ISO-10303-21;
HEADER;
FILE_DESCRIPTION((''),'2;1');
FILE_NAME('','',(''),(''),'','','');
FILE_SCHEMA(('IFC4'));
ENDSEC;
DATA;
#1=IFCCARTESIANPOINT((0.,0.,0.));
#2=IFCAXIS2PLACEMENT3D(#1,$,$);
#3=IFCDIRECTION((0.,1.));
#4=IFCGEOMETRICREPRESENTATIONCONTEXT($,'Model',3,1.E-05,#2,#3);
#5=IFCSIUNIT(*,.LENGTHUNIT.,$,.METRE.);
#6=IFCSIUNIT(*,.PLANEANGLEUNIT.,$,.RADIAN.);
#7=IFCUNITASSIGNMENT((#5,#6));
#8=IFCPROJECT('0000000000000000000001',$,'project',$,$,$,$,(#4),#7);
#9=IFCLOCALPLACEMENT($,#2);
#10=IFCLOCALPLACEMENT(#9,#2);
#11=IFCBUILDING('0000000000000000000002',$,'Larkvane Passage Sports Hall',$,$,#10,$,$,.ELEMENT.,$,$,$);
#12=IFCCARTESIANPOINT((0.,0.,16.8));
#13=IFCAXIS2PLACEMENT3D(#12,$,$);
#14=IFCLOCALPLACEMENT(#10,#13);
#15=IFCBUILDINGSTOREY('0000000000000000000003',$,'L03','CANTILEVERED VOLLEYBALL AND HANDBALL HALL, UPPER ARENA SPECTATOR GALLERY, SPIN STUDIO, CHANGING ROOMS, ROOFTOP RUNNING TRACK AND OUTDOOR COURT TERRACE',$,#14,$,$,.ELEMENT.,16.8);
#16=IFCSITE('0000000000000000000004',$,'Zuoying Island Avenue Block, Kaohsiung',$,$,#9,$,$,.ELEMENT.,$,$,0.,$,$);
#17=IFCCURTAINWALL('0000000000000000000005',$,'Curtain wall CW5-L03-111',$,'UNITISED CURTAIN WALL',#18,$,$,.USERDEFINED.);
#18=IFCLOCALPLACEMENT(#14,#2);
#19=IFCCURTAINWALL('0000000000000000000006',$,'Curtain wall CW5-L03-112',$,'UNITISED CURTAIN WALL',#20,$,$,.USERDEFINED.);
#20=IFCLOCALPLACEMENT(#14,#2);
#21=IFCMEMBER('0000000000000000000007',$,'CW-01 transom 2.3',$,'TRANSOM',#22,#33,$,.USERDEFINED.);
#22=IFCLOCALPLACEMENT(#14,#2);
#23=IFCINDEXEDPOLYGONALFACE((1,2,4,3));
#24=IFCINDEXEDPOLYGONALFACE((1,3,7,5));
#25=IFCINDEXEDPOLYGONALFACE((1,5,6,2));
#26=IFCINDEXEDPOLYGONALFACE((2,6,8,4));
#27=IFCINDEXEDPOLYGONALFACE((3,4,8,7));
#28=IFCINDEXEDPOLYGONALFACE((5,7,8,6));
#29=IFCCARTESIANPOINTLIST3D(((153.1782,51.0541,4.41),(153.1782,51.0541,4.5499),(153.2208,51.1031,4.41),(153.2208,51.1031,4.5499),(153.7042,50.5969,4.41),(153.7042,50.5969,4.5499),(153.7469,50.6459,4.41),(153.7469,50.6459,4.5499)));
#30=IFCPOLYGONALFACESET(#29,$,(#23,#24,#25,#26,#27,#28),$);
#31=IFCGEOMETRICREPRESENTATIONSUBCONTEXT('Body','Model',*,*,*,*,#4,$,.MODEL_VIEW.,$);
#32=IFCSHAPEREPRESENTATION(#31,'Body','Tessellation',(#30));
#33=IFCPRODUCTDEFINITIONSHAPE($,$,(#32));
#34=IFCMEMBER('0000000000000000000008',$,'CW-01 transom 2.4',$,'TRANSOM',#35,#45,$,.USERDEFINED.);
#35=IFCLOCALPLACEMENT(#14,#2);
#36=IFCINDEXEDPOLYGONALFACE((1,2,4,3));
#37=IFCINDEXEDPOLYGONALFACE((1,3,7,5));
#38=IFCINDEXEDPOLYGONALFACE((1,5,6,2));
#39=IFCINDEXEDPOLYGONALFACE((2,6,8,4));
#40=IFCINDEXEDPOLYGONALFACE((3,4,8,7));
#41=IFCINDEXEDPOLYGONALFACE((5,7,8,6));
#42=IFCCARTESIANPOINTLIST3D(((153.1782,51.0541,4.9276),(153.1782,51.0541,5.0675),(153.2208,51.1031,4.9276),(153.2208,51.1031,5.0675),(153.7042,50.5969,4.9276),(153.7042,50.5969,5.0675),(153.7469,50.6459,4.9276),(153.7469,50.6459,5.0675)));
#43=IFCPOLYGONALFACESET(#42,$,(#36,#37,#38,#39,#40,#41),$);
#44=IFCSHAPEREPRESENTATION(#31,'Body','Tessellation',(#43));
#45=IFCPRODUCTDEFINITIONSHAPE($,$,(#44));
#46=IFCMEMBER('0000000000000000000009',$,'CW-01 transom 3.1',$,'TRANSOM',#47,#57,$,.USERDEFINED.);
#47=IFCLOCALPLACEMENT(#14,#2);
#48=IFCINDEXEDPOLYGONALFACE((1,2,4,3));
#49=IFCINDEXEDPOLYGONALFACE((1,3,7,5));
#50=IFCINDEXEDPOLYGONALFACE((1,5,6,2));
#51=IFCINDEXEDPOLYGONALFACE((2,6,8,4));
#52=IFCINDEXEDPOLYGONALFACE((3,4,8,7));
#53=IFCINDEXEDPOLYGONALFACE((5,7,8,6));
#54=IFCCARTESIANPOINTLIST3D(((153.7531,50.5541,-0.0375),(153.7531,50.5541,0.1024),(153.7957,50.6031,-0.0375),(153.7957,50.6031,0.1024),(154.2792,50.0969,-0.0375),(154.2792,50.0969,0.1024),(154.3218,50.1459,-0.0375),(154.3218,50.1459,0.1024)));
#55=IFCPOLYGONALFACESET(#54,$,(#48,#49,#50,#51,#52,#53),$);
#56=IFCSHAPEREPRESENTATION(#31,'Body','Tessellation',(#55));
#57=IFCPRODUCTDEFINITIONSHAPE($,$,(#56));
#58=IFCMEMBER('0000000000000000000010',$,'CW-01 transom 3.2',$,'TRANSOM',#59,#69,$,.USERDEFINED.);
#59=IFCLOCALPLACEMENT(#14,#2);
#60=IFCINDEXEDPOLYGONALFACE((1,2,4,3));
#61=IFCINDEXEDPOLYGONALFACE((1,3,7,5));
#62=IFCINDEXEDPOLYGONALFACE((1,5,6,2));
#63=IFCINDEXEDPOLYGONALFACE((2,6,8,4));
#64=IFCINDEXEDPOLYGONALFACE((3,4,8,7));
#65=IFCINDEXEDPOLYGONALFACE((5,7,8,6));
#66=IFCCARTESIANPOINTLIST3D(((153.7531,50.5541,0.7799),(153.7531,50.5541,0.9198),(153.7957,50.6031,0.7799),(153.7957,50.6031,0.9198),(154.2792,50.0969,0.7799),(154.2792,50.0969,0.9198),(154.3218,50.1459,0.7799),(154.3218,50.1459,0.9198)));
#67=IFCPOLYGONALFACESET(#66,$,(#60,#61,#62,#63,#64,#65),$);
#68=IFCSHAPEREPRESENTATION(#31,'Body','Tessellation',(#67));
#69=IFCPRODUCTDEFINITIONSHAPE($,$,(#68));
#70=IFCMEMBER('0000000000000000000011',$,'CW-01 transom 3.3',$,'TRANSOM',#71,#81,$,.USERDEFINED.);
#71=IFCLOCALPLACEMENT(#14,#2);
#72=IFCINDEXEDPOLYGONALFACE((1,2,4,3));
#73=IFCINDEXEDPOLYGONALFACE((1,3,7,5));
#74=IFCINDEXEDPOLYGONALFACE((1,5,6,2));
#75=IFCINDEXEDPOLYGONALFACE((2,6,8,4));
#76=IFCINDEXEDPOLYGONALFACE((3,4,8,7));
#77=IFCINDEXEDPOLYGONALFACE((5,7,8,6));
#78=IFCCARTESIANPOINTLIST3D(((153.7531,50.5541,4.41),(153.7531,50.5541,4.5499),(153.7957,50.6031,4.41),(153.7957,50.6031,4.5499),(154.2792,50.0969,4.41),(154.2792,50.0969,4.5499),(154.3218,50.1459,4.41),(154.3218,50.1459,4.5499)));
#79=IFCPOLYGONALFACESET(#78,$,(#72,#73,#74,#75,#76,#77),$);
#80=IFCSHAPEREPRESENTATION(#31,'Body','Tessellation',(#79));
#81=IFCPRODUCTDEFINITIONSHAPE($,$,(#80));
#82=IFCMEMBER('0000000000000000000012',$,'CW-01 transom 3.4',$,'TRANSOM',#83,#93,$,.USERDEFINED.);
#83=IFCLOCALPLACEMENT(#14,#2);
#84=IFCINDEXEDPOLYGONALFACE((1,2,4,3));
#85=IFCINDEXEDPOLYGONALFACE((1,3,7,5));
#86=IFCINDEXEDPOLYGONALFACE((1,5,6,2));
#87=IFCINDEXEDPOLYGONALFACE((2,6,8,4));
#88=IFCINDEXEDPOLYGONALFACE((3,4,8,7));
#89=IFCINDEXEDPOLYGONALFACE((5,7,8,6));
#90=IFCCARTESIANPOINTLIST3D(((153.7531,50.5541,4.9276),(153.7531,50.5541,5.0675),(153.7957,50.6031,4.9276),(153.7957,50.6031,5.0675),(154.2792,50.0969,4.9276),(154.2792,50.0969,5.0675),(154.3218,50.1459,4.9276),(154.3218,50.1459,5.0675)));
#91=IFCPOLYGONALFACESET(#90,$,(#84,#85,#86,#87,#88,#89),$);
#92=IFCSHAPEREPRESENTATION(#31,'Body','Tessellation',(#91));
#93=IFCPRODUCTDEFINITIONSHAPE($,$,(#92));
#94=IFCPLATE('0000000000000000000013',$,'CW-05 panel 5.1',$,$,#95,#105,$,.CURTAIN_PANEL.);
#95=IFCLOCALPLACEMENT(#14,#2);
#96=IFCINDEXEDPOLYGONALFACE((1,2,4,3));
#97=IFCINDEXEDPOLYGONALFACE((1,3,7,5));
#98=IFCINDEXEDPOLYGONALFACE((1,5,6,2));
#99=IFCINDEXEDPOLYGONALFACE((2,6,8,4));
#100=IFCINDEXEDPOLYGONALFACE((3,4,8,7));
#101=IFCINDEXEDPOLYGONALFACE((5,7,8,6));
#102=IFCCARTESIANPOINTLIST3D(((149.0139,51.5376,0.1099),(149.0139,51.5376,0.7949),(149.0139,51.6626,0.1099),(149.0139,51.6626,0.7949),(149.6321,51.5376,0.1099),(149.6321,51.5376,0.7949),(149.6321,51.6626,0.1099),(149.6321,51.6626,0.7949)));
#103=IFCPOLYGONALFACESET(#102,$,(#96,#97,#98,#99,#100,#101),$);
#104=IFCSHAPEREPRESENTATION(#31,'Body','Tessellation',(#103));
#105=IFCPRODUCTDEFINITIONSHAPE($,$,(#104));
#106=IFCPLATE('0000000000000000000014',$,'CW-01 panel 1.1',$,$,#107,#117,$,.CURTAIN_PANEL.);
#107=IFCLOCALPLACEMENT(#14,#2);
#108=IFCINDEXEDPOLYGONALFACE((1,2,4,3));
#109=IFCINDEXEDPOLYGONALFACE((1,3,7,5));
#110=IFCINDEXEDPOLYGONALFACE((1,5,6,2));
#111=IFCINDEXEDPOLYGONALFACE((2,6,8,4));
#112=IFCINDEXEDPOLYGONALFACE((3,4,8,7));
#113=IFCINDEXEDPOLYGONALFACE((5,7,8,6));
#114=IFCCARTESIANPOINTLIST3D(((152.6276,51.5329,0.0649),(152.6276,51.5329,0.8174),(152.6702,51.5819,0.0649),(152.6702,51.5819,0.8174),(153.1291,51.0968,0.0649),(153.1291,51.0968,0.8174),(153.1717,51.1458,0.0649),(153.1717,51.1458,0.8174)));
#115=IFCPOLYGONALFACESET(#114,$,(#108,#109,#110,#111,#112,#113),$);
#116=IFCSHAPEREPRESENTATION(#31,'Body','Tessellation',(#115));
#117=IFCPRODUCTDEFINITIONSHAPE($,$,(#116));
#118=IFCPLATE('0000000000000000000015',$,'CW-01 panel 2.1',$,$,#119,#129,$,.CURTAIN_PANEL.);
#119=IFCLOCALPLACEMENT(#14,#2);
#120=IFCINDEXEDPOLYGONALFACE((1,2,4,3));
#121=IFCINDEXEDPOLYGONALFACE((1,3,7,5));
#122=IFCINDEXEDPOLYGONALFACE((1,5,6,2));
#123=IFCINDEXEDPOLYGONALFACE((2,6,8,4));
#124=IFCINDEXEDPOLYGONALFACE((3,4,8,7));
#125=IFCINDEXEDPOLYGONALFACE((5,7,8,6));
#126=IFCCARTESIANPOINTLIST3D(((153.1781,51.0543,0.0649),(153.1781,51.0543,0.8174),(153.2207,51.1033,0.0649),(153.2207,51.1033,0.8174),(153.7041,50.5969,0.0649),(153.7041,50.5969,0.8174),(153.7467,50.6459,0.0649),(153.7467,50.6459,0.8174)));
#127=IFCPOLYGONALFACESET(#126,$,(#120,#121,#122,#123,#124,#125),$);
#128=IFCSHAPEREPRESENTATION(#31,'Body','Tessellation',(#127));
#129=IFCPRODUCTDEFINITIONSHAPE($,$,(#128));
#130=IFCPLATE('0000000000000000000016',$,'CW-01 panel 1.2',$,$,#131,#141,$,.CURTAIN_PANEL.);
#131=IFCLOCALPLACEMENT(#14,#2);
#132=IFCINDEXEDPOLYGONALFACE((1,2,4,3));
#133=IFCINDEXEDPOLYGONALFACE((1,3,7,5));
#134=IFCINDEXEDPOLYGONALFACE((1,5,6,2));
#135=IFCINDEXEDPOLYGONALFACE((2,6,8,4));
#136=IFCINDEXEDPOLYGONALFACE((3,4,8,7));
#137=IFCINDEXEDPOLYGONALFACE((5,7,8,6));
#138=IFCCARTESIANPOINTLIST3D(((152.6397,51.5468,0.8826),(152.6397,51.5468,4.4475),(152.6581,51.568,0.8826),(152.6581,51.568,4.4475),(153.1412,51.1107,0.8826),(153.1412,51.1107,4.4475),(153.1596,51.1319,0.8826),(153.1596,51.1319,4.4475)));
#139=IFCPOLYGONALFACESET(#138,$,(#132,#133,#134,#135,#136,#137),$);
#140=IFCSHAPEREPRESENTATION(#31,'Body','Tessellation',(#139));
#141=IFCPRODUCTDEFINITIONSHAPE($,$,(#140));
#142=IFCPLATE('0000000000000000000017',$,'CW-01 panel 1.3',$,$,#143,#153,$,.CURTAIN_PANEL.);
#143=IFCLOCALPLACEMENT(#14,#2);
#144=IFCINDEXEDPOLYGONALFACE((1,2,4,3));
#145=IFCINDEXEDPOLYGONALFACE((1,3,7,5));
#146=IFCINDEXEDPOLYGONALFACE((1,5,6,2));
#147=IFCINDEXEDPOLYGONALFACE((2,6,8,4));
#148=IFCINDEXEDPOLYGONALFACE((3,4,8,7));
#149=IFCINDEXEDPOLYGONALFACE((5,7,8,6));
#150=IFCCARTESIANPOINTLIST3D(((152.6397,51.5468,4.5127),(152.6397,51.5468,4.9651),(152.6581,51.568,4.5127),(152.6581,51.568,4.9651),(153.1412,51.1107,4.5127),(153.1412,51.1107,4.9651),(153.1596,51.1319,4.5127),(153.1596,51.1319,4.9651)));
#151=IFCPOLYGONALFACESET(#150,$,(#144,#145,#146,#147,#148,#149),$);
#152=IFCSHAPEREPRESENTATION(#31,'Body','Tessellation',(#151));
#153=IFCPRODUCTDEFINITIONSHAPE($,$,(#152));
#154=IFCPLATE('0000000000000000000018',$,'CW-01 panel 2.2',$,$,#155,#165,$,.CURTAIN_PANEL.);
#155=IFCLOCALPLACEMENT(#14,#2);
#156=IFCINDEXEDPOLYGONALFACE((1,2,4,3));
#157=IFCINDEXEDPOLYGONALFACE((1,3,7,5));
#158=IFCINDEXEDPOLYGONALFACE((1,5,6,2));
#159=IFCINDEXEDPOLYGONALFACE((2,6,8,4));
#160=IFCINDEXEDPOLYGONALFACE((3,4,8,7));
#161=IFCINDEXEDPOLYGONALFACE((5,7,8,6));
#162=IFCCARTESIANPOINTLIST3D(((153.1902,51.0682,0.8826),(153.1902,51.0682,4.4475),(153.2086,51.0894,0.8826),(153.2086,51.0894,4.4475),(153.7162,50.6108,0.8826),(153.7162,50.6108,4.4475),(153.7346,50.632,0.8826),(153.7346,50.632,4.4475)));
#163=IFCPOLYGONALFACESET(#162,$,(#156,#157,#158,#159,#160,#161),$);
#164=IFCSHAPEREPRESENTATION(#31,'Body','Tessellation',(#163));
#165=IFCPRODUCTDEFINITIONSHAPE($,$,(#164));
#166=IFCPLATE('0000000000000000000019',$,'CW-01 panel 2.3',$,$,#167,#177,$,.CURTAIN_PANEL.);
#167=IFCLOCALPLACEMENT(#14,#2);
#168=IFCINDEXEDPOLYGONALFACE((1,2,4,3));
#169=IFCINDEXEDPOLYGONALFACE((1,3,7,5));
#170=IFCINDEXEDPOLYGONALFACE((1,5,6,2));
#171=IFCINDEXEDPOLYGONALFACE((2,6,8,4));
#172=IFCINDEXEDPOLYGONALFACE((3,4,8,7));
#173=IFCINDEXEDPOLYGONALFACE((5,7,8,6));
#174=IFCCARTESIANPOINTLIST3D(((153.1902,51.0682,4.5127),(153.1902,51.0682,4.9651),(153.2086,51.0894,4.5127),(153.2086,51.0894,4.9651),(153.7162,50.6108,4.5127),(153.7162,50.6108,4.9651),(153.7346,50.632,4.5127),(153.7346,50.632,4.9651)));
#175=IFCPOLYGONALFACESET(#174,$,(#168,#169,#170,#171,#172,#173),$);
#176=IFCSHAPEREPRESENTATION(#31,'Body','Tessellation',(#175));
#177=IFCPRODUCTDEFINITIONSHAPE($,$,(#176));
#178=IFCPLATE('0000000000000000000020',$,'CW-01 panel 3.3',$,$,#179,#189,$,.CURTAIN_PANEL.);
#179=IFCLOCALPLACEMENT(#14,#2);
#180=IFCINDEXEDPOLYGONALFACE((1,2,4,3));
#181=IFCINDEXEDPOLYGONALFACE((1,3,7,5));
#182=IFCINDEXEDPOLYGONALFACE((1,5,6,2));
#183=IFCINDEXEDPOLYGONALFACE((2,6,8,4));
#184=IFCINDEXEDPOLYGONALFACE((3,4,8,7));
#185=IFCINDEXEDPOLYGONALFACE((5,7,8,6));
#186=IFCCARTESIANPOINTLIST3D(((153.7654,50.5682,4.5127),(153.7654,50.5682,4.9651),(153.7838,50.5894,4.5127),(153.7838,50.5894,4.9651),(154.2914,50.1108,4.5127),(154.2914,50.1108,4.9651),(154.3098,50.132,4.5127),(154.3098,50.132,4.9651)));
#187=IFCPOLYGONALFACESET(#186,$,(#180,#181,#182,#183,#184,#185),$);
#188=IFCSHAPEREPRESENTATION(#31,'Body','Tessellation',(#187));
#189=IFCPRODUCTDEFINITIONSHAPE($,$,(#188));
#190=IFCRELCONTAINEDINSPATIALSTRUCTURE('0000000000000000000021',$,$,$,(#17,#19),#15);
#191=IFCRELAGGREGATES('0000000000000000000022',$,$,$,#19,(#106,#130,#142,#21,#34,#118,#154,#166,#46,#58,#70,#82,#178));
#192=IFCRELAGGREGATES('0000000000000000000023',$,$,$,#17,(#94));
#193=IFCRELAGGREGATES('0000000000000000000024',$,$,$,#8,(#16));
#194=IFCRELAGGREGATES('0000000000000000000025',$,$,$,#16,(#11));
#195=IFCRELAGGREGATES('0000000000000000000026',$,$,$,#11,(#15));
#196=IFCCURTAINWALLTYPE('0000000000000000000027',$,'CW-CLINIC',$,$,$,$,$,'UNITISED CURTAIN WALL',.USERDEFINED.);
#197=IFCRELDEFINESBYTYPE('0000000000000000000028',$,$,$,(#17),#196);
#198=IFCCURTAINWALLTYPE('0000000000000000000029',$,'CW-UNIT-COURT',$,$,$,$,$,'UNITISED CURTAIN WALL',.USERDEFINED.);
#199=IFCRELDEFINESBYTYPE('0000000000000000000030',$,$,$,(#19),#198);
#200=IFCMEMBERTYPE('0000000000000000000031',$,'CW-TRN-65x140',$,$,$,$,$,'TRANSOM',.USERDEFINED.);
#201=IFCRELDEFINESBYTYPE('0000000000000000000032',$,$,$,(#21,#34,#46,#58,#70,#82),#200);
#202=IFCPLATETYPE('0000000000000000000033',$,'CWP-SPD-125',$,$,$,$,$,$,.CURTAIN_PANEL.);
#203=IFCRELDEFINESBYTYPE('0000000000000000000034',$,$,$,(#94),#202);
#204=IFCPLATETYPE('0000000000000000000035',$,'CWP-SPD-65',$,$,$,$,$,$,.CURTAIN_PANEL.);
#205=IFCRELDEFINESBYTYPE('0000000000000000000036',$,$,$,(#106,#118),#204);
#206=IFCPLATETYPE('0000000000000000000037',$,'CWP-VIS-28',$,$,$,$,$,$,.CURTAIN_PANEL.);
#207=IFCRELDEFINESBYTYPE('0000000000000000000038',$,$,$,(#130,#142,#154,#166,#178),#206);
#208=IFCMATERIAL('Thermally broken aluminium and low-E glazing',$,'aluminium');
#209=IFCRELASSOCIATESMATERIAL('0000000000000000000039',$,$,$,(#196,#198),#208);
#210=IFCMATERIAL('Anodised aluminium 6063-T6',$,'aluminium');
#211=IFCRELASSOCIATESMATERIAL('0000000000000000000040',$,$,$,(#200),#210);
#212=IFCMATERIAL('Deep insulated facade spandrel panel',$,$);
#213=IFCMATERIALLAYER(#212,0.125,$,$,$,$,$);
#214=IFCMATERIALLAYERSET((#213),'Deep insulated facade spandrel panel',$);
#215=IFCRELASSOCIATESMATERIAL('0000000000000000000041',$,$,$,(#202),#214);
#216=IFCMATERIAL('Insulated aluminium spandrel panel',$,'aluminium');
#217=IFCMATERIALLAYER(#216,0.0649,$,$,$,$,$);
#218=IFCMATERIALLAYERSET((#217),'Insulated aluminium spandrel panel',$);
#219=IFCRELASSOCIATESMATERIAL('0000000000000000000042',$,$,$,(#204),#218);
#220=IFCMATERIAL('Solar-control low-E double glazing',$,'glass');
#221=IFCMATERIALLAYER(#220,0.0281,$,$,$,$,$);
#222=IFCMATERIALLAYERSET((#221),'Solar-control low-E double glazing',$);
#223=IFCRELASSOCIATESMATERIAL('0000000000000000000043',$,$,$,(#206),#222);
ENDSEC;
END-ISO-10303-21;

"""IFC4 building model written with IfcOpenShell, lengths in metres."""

from ifc_helpers import new_model, si_unit, direction, frame, origin, origin_2d, place, context, subcontext, project, spatial, rectangle, extrude, material, layer, layer_set, material_profile, profile_set, type_object, element, aggregate, save


model = new_model("IFC4")

# Units and contexts
model_context = context("Model", 3, precision=1e-05, world=origin(), true_north=direction((0.0, 1.0)))
body_context = subcontext(model_context, "Body", "Model", "MODEL_VIEW")
ifc_project = project(units=[si_unit("LENGTHUNIT", "METRE"), si_unit("PLANEANGLEUNIT", "RADIAN")], contexts=[model_context])

# Site, building, storey
site_placement = place(None, origin())
site = spatial("IfcSite", under=ifc_project, at=site_placement, Name="Zuoying Island Avenue Block, Kaohsiung", CompositionType="ELEMENT", RefElevation=0.0)
building_placement = place(site_placement, origin())
building = spatial("IfcBuilding", under=site, at=building_placement, Name="Larkvane Passage Sports Hall", CompositionType="ELEMENT")
storey_placement = place(building_placement, frame((0.0, 0.0, 16.8)))
storey = spatial("IfcBuildingStorey", under=building, at=storey_placement, Name="L03", Description="CANTILEVERED VOLLEYBALL AND HANDBALL HALL, UPPER ARENA SPECTATOR GALLERY, SPIN STUDIO, CHANGING ROOMS, ROOFTOP RUNNING TRACK AND OUTDOOR COURT TERRACE", CompositionType="ELEMENT", Elevation=16.8)

# Curtain wall
ifc_material_1 = material(Name="Thermally broken aluminium and low-E glazing", Category="aluminium")
curtain_wall_type_1 = type_object("IfcCurtainWallType", Name="CW-CLINIC", ElementType="UNITISED CURTAIN WALL", PredefinedType="USERDEFINED", material=ifc_material_1)
curtain_wall_1_placement = place(storey_placement, origin())
curtain_wall_1 = element("IfcCurtainWall", 1, at=curtain_wall_1_placement, inside=storey, type_object=curtain_wall_type_1, Name="Curtain wall CW5-L03-111", ObjectType="UNITISED CURTAIN WALL", PredefinedType="USERDEFINED")
ifc_material_2 = material(Name="Anodised aluminium 6063-T6", Category="aluminium")

# Curtain wall
curtain_wall_type_2 = type_object("IfcCurtainWallType", Name="CW-UNIT-COURT", ElementType="UNITISED CURTAIN WALL", PredefinedType="USERDEFINED", material=ifc_material_1)
curtain_wall_2_placement = place(storey_placement, origin())
curtain_wall_2 = element("IfcCurtainWall", 2, at=curtain_wall_2_placement, inside=storey, type_object=curtain_wall_type_2, Name="Curtain wall CW5-L03-112", ObjectType="UNITISED CURTAIN WALL", PredefinedType="USERDEFINED")

# Members
ifc_material_profile_1 = material_profile(ifc_material_2, rectangle(XDim=0.0649, YDim=0.1399, at=origin_2d()), Name="ALU-TRN-65x140")
ifc_profile_set_1 = profile_set([ifc_material_profile_1], Name="Anodised aluminium 6063-T6")
member_type_1 = type_object("IfcMemberType", Name="CW-TRN-65x140", ElementType="TRANSOM", PredefinedType="USERDEFINED", material=ifc_profile_set_1)
member_1_placement = place(storey_placement, frame((153.1995, 51.0786, 4.48), z_axis=(0.754764, -0.655997, 0.0), x_axis=(0.655997, 0.754764, 0.0)))
member_1 = element("IfcMember", 3, at=member_1_placement, type_object=member_type_1, Name="CW-01 transom 2.3", ObjectType="TRANSOM", PredefinedType="USERDEFINED", context=body_context, shape_type="SweptSolid", body=[
    extrude(rectangle(XDim=0.0649, YDim=0.1399, at=origin_2d()), origin(), (0.0, 0.0, 1.0), 0.697),
])
member_2_placement = place(storey_placement, frame((153.1995, 51.0786, 4.9976), z_axis=(0.754764, -0.655997, 0.0), x_axis=(0.655997, 0.754764, 0.0)))
member_2 = element("IfcMember", 4, at=member_2_placement, type_object=member_type_1, Name="CW-01 transom 2.4", ObjectType="TRANSOM", PredefinedType="USERDEFINED", context=body_context, shape_type="SweptSolid", body=[
    extrude(rectangle(XDim=0.0649, YDim=0.1399, at=origin_2d()), origin(), (0.0, 0.0, 1.0), 0.697),
])
member_3_placement = place(storey_placement, frame((153.7744, 50.5786, 0.0325), z_axis=(0.754764, -0.655997, 0.0), x_axis=(0.655997, 0.754764, 0.0)))
member_3 = element("IfcMember", 5, at=member_3_placement, type_object=member_type_1, Name="CW-01 transom 3.1", ObjectType="TRANSOM", PredefinedType="USERDEFINED", context=body_context, shape_type="SweptSolid", body=[
    extrude(rectangle(XDim=0.0649, YDim=0.1399, at=origin_2d()), origin(), (0.0, 0.0, 1.0), 0.697),
])
member_4_placement = place(storey_placement, frame((153.7744, 50.5786, 0.8499), z_axis=(0.754764, -0.655997, 0.0), x_axis=(0.655997, 0.754764, 0.0)))
member_4 = element("IfcMember", 6, at=member_4_placement, type_object=member_type_1, Name="CW-01 transom 3.2", ObjectType="TRANSOM", PredefinedType="USERDEFINED", context=body_context, shape_type="SweptSolid", body=[
    extrude(rectangle(XDim=0.0649, YDim=0.1399, at=origin_2d()), origin(), (0.0, 0.0, 1.0), 0.697),
])
member_5_placement = place(storey_placement, frame((153.7744, 50.5786, 4.48), z_axis=(0.754764, -0.655997, 0.0), x_axis=(0.655997, 0.754764, 0.0)))
member_5 = element("IfcMember", 7, at=member_5_placement, type_object=member_type_1, Name="CW-01 transom 3.3", ObjectType="TRANSOM", PredefinedType="USERDEFINED", context=body_context, shape_type="SweptSolid", body=[
    extrude(rectangle(XDim=0.0649, YDim=0.1399, at=origin_2d()), origin(), (0.0, 0.0, 1.0), 0.697),
])
member_6_placement = place(storey_placement, frame((153.7744, 50.5786, 4.9976), z_axis=(0.754764, -0.655997, 0.0), x_axis=(0.655997, 0.754764, 0.0)))
member_6 = element("IfcMember", 8, at=member_6_placement, type_object=member_type_1, Name="CW-01 transom 3.4", ObjectType="TRANSOM", PredefinedType="USERDEFINED", context=body_context, shape_type="SweptSolid", body=[
    extrude(rectangle(XDim=0.0649, YDim=0.1399, at=origin_2d()), origin(), (0.0, 0.0, 1.0), 0.697),
])

# Plates
ifc_material_3 = material(Name="Deep insulated facade spandrel panel")
ifc_layer_1 = layer(ifc_material_3, 0.125)
ifc_layer_set_1 = layer_set([ifc_layer_1], Name="Deep insulated facade spandrel panel")
plate_type_1 = type_object("IfcPlateType", Name="CWP-SPD-125", PredefinedType="CURTAIN_PANEL", material=ifc_layer_set_1)
plate_1_placement = place(storey_placement, frame((149.323, 51.6001, 0.1099), z_axis=(0.0, 0.0, 1.0), x_axis=(1.0, 0.0, 0.0)))
plate_1 = element("IfcPlate", 9, at=plate_1_placement, type_object=plate_type_1, Name="CW-05 panel 5.1", PredefinedType="CURTAIN_PANEL", context=body_context, shape_type="SweptSolid", body=[
    extrude(rectangle(XDim=0.6182, YDim=0.125, at=origin_2d()), origin(), (0.0, 0.0, 1.0), 0.6851),
])
ifc_material_4 = material(Name="Insulated aluminium spandrel panel", Category="aluminium")
ifc_layer_2 = layer(ifc_material_4, 0.0649)
ifc_layer_set_2 = layer_set([ifc_layer_2], Name="Insulated aluminium spandrel panel")
plate_type_2 = type_object("IfcPlateType", Name="CWP-SPD-65", PredefinedType="CURTAIN_PANEL", material=ifc_layer_set_2)
plate_2_placement = place(storey_placement, frame((152.8997, 51.3394, 0.0649), z_axis=(0.0, 0.0, 1.0), x_axis=(0.754606, -0.656179, 0.0)))
plate_2 = element("IfcPlate", 10, at=plate_2_placement, type_object=plate_type_2, Name="CW-01 panel 1.1", PredefinedType="CURTAIN_PANEL", context=body_context, shape_type="SweptSolid", body=[
    extrude(rectangle(XDim=0.6646, YDim=0.0649, at=origin_2d()), origin(), (0.0, 0.0, 1.0), 0.7524),
])
plate_3_placement = place(storey_placement, frame((153.4624, 50.8501, 0.0649), z_axis=(0.0, 0.0, 1.0), x_axis=(0.754606, -0.656179, 0.0)))
plate_3 = element("IfcPlate", 11, at=plate_3_placement, type_object=plate_type_2, Name="CW-01 panel 2.1", PredefinedType="CURTAIN_PANEL", context=body_context, shape_type="SweptSolid", body=[
    extrude(rectangle(XDim=0.697, YDim=0.0649, at=origin_2d()), origin(), (0.0, 0.0, 1.0), 0.7524),
])
ifc_material_5 = material(Name="Solar-control low-E double glazing", Category="glass")
ifc_layer_3 = layer(ifc_material_5, 0.0281)
ifc_layer_set_3 = layer_set([ifc_layer_3], Name="Solar-control low-E double glazing")
plate_type_3 = type_object("IfcPlateType", Name="CWP-VIS-28", PredefinedType="CURTAIN_PANEL", material=ifc_layer_set_3)
plate_4_placement = place(storey_placement, frame((152.8997, 51.3394, 0.8826), z_axis=(0.0, 0.0, 1.0), x_axis=(0.754606, -0.656179, 0.0)))
plate_4 = element("IfcPlate", 12, at=plate_4_placement, type_object=plate_type_3, Name="CW-01 panel 1.2", PredefinedType="CURTAIN_PANEL", context=body_context, shape_type="SweptSolid", body=[
    extrude(rectangle(XDim=0.6646, YDim=0.0281, at=origin_2d()), origin(), (0.0, 0.0, 1.0), 3.5649),
])
plate_5_placement = place(storey_placement, frame((152.8997, 51.3394, 4.5127), z_axis=(0.0, 0.0, 1.0), x_axis=(0.754606, -0.656179, 0.0)))
plate_5 = element("IfcPlate", 13, at=plate_5_placement, type_object=plate_type_3, Name="CW-01 panel 1.3", PredefinedType="CURTAIN_PANEL", context=body_context, shape_type="SweptSolid", body=[
    extrude(rectangle(XDim=0.6646, YDim=0.0281, at=origin_2d()), origin(), (0.0, 0.0, 1.0), 0.4524),
])
plate_6_placement = place(storey_placement, frame((153.4624, 50.8501, 0.8826), z_axis=(0.0, 0.0, 1.0), x_axis=(0.754606, -0.656179, 0.0)))
plate_6 = element("IfcPlate", 14, at=plate_6_placement, type_object=plate_type_3, Name="CW-01 panel 2.2", PredefinedType="CURTAIN_PANEL", context=body_context, shape_type="SweptSolid", body=[
    extrude(rectangle(XDim=0.697, YDim=0.0281, at=origin_2d()), origin(), (0.0, 0.0, 1.0), 3.5649),
])
plate_7_placement = place(storey_placement, frame((153.4624, 50.8501, 4.5127), z_axis=(0.0, 0.0, 1.0), x_axis=(0.754606, -0.656179, 0.0)))
plate_7 = element("IfcPlate", 15, at=plate_7_placement, type_object=plate_type_3, Name="CW-01 panel 2.3", PredefinedType="CURTAIN_PANEL", context=body_context, shape_type="SweptSolid", body=[
    extrude(rectangle(XDim=0.697, YDim=0.0281, at=origin_2d()), origin(), (0.0, 0.0, 1.0), 0.4524),
])
plate_8_placement = place(storey_placement, frame((154.0376, 50.3501, 4.5127), z_axis=(0.0, 0.0, 1.0), x_axis=(0.754606, -0.656179, 0.0)))
plate_8 = element("IfcPlate", 16, at=plate_8_placement, type_object=plate_type_3, Name="CW-01 panel 3.3", PredefinedType="CURTAIN_PANEL", context=body_context, shape_type="SweptSolid", body=[
    extrude(rectangle(XDim=0.697, YDim=0.0281, at=origin_2d()), origin(), (0.0, 0.0, 1.0), 0.4524),
])
aggregate(curtain_wall_2, [plate_2, plate_4, plate_5, member_1, member_2, plate_3, plate_6, plate_7, member_3, member_4, member_5, member_6, plate_8])
aggregate(curtain_wall_1, [plate_1])

save(model, "model.ifc")
